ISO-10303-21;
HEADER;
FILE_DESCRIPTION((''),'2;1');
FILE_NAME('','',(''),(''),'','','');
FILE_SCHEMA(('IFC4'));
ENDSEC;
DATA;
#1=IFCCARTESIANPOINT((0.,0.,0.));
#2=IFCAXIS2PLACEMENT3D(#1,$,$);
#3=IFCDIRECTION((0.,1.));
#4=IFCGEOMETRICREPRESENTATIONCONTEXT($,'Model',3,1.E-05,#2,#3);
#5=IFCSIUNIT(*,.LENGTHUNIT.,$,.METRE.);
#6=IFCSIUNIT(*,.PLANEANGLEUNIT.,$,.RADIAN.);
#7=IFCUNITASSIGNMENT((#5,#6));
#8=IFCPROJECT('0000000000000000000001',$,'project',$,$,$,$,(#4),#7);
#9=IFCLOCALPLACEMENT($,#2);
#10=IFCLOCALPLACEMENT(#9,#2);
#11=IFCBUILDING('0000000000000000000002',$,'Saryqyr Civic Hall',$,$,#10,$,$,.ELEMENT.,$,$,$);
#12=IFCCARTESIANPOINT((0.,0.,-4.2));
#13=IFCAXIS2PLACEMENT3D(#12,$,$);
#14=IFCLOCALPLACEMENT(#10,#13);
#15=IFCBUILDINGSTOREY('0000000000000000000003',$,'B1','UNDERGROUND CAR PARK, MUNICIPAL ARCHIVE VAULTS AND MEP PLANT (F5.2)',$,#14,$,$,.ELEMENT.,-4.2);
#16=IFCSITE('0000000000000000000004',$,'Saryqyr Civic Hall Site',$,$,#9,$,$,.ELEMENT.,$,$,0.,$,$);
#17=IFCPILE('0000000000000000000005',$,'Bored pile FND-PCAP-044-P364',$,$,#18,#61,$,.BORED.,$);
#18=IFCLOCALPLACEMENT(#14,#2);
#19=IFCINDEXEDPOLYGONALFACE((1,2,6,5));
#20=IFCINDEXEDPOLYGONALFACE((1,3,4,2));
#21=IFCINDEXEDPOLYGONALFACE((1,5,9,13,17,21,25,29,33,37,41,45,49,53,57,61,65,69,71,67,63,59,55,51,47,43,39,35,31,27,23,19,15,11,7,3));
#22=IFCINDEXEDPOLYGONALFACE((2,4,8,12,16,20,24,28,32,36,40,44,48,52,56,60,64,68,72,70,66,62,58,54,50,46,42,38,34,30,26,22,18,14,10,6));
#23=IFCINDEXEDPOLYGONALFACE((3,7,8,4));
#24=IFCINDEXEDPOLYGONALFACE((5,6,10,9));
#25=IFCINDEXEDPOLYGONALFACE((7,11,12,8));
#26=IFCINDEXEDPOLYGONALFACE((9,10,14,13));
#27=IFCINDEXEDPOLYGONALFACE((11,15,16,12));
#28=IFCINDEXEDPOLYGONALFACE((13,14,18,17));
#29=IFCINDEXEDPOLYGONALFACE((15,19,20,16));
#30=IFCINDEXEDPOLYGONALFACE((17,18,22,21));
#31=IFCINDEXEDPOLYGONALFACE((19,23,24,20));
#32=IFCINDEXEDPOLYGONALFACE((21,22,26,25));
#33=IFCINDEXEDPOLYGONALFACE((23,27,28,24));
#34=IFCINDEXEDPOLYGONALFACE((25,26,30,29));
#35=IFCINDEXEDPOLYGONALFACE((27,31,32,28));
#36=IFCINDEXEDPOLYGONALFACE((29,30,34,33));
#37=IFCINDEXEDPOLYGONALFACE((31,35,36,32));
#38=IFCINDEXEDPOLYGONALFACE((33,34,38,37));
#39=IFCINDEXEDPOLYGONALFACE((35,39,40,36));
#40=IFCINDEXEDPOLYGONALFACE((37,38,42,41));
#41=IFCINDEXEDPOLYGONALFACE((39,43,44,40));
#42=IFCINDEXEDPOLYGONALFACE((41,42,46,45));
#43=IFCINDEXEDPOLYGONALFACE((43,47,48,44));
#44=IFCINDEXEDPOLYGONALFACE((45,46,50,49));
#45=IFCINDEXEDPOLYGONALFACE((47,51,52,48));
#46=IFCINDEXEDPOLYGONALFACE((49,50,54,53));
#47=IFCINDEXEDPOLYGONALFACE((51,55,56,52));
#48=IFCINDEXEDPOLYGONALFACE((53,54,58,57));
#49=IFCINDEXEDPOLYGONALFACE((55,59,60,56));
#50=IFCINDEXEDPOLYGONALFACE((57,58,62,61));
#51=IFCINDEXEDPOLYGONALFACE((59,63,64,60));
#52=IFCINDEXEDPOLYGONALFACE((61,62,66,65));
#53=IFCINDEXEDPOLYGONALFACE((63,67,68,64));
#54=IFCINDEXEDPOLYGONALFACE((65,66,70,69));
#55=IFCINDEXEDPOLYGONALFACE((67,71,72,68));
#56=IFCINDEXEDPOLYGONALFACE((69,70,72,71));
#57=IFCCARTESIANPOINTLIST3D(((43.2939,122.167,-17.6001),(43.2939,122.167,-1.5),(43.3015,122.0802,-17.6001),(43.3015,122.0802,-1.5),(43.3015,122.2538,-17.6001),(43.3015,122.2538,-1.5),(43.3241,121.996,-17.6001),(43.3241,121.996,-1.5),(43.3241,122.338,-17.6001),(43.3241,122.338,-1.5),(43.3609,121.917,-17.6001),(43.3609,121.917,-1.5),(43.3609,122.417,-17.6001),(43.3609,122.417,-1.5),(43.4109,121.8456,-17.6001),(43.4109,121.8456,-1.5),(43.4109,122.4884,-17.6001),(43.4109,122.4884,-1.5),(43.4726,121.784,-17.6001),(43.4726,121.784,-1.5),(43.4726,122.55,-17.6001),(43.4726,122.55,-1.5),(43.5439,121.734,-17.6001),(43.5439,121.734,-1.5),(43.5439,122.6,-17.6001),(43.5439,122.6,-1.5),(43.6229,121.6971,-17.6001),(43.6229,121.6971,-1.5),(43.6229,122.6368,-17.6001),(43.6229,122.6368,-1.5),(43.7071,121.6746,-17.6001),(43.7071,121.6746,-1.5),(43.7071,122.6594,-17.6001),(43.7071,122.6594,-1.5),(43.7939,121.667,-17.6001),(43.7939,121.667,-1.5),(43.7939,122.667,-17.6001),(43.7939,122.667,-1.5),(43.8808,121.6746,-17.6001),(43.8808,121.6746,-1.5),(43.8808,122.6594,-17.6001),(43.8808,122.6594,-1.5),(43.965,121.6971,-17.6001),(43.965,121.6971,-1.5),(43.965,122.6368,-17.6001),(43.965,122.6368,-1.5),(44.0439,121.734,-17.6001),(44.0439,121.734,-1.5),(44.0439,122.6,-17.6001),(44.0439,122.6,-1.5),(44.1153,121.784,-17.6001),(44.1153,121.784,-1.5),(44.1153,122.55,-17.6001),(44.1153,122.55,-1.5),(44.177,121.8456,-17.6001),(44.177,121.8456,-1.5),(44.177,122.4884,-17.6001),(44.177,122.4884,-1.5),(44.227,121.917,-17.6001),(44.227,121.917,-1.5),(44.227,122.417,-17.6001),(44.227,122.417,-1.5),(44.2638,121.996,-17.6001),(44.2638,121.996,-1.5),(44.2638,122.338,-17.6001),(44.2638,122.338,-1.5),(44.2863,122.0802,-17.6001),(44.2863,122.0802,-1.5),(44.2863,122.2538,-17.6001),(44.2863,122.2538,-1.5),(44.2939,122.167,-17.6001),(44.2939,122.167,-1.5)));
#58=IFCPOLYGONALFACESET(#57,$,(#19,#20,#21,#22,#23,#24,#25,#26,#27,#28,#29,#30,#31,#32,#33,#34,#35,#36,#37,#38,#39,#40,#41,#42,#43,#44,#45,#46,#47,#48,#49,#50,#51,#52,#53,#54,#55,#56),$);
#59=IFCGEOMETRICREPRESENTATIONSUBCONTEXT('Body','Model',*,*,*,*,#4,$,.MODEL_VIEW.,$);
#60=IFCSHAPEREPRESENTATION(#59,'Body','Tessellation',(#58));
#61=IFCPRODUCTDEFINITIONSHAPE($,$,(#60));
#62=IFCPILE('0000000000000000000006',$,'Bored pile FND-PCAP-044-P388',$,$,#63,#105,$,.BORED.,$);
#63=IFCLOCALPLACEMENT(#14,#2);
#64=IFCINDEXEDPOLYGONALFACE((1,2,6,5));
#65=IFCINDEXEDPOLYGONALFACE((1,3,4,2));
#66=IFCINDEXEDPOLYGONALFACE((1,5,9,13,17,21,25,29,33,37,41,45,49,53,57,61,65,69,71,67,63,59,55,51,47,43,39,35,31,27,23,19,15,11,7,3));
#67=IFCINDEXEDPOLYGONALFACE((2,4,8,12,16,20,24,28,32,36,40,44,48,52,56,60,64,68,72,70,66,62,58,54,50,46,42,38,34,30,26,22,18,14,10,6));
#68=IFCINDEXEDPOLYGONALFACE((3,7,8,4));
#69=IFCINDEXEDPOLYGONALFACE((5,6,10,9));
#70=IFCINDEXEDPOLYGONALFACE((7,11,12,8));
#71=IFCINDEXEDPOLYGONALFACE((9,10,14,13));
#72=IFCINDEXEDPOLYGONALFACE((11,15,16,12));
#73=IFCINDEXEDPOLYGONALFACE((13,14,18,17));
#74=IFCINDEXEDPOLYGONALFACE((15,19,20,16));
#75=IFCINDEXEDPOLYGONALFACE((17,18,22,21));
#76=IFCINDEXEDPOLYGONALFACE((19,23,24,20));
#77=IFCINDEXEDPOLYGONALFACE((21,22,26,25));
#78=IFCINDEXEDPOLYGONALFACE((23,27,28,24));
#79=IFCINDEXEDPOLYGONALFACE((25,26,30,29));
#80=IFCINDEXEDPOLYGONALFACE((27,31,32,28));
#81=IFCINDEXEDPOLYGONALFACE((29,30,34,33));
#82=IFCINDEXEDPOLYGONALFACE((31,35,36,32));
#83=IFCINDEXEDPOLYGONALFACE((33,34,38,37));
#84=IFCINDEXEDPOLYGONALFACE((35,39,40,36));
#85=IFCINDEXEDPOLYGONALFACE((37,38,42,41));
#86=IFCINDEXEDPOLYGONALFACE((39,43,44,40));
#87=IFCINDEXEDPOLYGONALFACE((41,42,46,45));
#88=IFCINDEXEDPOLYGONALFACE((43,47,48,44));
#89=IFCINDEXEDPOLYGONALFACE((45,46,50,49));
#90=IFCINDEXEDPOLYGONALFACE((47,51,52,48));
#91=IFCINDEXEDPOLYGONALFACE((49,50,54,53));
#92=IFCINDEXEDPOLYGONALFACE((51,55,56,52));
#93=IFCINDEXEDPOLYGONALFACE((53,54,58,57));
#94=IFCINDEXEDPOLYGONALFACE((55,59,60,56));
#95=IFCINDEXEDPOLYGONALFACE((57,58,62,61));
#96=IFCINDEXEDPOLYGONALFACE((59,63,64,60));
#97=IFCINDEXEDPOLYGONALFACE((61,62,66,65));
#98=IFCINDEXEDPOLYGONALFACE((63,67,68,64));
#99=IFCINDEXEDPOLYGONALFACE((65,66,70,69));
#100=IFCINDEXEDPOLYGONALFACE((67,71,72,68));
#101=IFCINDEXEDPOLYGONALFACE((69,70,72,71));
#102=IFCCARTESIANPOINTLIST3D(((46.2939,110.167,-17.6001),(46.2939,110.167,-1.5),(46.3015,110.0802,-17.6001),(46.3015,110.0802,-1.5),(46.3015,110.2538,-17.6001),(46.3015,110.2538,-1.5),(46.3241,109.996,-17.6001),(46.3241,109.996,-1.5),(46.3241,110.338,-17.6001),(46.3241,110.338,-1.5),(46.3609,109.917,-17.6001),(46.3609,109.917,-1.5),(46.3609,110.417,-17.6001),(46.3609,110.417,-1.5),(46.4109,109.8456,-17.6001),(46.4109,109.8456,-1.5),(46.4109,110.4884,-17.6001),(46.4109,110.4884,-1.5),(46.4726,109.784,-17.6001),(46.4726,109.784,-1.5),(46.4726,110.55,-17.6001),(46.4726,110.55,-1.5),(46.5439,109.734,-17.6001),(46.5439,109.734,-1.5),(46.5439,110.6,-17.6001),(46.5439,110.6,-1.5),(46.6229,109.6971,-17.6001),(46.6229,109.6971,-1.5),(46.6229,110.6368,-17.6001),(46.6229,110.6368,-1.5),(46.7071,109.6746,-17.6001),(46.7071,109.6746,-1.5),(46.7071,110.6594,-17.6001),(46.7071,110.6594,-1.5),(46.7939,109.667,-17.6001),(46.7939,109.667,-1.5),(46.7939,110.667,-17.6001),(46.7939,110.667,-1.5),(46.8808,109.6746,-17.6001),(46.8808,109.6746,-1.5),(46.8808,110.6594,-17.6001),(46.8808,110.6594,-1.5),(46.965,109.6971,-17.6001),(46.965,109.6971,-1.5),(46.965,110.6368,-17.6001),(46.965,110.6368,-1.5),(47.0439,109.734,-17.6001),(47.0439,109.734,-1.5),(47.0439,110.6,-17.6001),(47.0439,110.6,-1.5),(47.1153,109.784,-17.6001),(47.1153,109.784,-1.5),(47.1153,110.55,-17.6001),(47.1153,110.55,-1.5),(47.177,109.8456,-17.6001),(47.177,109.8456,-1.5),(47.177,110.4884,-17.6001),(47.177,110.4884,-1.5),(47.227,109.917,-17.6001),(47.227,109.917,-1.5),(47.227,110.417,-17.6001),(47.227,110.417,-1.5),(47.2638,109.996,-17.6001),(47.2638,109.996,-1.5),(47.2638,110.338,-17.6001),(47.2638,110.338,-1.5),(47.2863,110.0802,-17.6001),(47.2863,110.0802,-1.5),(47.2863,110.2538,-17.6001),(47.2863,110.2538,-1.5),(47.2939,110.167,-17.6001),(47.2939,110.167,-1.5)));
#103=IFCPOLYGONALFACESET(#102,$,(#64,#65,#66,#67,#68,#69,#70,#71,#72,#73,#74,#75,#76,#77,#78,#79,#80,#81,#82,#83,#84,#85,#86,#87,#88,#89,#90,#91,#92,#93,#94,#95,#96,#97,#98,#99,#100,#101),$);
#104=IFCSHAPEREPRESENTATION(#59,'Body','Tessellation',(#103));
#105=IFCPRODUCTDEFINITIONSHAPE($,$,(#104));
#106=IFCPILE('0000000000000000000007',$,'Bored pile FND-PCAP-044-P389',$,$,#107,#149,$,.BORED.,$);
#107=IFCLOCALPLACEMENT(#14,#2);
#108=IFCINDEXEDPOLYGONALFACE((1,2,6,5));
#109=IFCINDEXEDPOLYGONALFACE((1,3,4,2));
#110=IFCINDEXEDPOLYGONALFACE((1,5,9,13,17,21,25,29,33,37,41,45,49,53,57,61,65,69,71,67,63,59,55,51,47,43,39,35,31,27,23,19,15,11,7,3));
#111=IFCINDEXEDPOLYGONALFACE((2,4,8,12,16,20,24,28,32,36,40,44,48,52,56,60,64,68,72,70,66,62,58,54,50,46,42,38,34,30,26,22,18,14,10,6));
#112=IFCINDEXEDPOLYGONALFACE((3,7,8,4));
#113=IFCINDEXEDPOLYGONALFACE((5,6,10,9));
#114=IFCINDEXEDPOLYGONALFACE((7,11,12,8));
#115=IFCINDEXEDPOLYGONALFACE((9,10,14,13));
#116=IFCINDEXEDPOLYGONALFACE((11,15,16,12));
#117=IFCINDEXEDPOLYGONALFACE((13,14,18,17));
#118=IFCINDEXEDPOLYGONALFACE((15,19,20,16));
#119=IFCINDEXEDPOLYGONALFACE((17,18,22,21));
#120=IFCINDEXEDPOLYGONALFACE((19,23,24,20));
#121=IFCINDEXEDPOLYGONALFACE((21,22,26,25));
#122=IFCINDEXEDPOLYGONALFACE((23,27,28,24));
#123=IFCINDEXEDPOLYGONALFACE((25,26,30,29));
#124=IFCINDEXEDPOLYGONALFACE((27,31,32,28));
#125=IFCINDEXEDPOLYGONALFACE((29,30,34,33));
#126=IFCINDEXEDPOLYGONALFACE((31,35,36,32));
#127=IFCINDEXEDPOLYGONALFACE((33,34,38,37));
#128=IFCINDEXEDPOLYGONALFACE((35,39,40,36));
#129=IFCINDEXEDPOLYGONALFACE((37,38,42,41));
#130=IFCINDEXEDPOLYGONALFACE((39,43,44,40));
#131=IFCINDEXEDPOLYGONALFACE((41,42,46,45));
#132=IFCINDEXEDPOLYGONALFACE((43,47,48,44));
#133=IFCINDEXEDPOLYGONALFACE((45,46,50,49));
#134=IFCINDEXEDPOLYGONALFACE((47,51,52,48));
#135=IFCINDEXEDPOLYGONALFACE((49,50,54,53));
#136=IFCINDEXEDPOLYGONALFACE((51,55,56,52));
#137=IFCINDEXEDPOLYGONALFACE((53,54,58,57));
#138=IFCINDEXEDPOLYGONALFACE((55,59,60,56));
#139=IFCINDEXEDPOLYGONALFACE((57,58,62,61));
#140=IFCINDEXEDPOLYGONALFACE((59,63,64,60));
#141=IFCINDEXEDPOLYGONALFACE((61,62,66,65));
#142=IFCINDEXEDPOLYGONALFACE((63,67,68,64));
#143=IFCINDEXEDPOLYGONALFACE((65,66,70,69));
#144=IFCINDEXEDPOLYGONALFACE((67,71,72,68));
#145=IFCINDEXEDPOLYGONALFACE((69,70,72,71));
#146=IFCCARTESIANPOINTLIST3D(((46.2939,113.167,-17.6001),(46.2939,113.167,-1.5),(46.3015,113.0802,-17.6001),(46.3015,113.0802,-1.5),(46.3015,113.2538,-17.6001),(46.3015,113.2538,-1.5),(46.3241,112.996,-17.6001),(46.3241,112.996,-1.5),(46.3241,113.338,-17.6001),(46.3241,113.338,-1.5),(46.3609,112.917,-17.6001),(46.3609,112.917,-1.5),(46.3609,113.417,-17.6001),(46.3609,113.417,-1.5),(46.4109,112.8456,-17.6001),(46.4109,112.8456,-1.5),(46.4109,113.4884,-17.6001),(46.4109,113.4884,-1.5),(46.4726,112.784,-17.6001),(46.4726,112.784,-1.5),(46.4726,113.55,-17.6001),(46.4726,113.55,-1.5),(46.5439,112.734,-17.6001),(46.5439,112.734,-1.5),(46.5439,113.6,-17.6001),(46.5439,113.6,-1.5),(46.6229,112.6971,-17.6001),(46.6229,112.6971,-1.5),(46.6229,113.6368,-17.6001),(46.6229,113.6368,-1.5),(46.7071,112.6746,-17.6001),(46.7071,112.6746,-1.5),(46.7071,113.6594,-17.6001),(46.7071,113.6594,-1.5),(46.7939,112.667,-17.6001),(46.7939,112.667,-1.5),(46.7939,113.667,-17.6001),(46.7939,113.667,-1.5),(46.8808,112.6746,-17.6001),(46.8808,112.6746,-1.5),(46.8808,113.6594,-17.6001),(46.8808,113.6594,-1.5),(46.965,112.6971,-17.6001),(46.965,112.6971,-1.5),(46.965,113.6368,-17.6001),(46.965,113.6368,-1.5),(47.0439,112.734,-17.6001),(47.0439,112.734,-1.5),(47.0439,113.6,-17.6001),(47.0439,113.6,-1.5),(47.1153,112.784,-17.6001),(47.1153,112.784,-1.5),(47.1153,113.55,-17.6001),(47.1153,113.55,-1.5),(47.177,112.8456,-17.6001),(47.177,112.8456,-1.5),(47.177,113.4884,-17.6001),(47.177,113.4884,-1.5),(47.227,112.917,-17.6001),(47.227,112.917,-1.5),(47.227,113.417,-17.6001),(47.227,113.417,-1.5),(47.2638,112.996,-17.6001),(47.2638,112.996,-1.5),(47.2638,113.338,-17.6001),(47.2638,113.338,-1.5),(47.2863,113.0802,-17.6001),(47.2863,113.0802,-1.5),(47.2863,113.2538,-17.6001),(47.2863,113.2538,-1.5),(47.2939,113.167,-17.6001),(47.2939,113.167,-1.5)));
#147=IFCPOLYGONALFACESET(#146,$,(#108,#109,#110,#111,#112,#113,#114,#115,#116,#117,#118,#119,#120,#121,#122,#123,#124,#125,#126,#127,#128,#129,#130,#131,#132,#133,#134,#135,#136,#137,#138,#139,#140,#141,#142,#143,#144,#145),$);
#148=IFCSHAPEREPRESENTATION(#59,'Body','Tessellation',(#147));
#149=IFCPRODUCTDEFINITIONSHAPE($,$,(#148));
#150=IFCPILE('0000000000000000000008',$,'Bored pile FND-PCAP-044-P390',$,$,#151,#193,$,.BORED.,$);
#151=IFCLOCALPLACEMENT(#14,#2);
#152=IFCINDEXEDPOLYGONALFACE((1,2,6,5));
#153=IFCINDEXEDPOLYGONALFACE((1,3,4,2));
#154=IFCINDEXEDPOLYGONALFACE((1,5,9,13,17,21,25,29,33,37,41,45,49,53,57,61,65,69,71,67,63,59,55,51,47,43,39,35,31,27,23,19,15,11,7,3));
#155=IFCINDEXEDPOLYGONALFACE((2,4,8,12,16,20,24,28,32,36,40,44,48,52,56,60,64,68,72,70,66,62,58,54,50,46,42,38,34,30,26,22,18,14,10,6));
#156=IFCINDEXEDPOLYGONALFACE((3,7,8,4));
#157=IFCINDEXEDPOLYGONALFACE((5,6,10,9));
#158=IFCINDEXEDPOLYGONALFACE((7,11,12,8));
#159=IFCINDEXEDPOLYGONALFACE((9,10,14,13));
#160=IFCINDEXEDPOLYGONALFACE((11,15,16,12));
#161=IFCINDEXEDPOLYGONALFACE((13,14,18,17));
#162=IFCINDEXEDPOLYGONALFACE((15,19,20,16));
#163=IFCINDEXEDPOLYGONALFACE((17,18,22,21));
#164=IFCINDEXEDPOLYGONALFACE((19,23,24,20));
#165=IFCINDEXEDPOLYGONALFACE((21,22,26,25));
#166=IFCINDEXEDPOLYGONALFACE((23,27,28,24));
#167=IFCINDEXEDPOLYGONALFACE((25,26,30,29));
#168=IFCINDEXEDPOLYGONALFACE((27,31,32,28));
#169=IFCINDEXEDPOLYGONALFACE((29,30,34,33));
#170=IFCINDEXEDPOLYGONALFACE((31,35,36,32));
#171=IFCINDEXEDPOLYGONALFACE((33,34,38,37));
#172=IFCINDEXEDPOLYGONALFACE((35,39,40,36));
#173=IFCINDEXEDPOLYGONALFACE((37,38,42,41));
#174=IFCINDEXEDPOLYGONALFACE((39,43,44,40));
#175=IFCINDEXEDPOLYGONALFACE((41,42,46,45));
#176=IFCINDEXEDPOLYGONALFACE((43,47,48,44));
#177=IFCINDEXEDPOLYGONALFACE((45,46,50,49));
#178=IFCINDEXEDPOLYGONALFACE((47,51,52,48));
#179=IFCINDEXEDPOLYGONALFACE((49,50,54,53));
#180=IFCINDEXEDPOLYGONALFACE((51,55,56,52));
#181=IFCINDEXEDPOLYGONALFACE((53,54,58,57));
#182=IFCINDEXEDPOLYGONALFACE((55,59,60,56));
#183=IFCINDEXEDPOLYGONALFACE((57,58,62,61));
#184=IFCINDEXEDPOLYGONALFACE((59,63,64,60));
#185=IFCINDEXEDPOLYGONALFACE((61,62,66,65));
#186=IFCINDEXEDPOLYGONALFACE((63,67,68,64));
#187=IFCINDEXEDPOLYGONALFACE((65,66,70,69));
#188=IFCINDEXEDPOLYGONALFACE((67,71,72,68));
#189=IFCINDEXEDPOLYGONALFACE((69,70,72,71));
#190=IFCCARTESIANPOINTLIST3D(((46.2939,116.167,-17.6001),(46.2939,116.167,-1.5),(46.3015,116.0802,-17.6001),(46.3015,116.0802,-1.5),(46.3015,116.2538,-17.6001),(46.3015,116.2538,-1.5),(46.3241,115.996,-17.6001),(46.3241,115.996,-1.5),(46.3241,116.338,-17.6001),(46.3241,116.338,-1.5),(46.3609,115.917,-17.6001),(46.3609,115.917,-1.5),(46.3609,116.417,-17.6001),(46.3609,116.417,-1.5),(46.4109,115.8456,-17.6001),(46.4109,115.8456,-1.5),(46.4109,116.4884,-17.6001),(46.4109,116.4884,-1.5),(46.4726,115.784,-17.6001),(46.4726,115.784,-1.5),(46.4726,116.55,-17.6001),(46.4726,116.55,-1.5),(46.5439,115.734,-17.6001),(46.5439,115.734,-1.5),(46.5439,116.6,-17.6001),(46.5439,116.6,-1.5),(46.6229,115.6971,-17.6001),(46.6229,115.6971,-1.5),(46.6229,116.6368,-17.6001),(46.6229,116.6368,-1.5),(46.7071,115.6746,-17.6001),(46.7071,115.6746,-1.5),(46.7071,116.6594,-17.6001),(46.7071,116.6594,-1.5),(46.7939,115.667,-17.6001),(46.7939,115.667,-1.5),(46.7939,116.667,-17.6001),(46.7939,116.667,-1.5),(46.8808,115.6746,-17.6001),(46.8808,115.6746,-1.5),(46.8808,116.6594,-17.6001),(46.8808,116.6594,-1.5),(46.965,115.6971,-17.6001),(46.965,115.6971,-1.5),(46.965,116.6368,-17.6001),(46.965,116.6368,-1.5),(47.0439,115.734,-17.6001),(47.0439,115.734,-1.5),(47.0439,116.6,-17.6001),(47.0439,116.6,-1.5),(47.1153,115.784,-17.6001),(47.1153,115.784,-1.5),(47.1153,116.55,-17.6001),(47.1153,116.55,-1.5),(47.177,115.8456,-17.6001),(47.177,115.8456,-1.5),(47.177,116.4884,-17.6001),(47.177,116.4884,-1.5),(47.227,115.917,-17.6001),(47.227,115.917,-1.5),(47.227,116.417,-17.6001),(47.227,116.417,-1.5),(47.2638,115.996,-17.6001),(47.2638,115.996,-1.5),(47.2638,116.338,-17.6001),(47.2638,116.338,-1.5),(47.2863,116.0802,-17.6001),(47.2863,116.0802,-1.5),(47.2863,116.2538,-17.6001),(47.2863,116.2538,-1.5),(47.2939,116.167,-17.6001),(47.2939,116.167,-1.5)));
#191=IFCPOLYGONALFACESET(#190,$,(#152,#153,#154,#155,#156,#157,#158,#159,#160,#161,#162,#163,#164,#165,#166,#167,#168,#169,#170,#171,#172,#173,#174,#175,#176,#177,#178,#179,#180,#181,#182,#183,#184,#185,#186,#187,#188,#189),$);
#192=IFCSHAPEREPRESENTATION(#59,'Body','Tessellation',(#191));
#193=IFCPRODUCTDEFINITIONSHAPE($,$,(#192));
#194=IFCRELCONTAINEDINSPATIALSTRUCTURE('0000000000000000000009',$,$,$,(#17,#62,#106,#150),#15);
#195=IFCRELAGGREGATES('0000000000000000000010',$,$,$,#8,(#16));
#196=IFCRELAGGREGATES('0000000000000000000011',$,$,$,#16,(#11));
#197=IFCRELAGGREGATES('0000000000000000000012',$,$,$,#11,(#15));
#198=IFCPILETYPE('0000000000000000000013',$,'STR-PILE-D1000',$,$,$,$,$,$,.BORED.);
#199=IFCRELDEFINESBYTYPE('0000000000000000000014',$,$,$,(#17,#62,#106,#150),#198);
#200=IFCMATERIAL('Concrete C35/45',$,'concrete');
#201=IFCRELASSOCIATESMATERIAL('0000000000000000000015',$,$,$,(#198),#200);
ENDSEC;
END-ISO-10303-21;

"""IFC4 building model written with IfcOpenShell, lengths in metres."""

from ifc_helpers import new_model, si_unit, direction, frame, origin, origin_2d, place, context, subcontext, project, spatial, circle, extrude, material, material_profile, profile_set, type_object, element, save


model = new_model("IFC4")

# Units and contexts
model_context = context("Model", 3, precision=1e-05, world=origin(), true_north=direction((0.0, 1.0)))
body_context = subcontext(model_context, "Body", "Model", "MODEL_VIEW")
ifc_project = project(units=[si_unit("LENGTHUNIT", "METRE"), si_unit("PLANEANGLEUNIT", "RADIAN")], contexts=[model_context])

# Site, building, storey
site_placement = place(None, origin())
site = spatial("IfcSite", under=ifc_project, at=site_placement, Name="Saryqyr Civic Hall Site", CompositionType="ELEMENT", RefElevation=0.0)
building_placement = place(site_placement, origin())
building = spatial("IfcBuilding", under=site, at=building_placement, Name="Saryqyr Civic Hall", CompositionType="ELEMENT")
storey_placement = place(building_placement, frame((0.0, 0.0, -4.2)))
storey = spatial("IfcBuildingStorey", under=building, at=storey_placement, Name="B1", Description="UNDERGROUND CAR PARK, MUNICIPAL ARCHIVE VAULTS AND MEP PLANT (F5.2)", CompositionType="ELEMENT", Elevation=-4.2)

# Piles
ifc_material_1 = material(Name="Concrete C35/45", Category="concrete")
ifc_material_profile_1 = material_profile(ifc_material_1, circle(Radius=0.5, at=origin_2d()), Name="BORED PILE D1000")
ifc_profile_set_1 = profile_set([ifc_material_profile_1], Name="Concrete C35/45")
pile_type = type_object("IfcPileType", Name="STR-PILE-D1000", PredefinedType="BORED", material=ifc_profile_set_1)
for number, where, z_axis, x_axis, name in (
    (1, (43.7939, 122.167, -1.5), (0.0, 0.0, -1.0), (1.0, 0.0, 0.0), "Bored pile FND-PCAP-044-P364"),
    (2, (46.7939, 110.167, -1.5), (0.0, 0.0, -1.0), (1.0, 0.0, 0.0), "Bored pile FND-PCAP-044-P388"),
    (3, (46.7939, 113.167, -1.5), (0.0, 0.0, -1.0), (1.0, 0.0, 0.0), "Bored pile FND-PCAP-044-P389"),
    (4, (46.7939, 116.167, -1.5), (0.0, 0.0, -1.0), (1.0, 0.0, 0.0), "Bored pile FND-PCAP-044-P390"),
):
    element("IfcPile", number, at=place(storey_placement, frame(where, z_axis=z_axis, x_axis=x_axis)), inside=storey, type_object=pile_type, Name=name, PredefinedType="BORED", context=body_context, shape_type="SweptSolid", body=[
        extrude(circle(Radius=0.5, at=origin_2d()), origin(), (0.0, 0.0, 1.0), 16.1001),
    ])

save(model, "model.ifc")
